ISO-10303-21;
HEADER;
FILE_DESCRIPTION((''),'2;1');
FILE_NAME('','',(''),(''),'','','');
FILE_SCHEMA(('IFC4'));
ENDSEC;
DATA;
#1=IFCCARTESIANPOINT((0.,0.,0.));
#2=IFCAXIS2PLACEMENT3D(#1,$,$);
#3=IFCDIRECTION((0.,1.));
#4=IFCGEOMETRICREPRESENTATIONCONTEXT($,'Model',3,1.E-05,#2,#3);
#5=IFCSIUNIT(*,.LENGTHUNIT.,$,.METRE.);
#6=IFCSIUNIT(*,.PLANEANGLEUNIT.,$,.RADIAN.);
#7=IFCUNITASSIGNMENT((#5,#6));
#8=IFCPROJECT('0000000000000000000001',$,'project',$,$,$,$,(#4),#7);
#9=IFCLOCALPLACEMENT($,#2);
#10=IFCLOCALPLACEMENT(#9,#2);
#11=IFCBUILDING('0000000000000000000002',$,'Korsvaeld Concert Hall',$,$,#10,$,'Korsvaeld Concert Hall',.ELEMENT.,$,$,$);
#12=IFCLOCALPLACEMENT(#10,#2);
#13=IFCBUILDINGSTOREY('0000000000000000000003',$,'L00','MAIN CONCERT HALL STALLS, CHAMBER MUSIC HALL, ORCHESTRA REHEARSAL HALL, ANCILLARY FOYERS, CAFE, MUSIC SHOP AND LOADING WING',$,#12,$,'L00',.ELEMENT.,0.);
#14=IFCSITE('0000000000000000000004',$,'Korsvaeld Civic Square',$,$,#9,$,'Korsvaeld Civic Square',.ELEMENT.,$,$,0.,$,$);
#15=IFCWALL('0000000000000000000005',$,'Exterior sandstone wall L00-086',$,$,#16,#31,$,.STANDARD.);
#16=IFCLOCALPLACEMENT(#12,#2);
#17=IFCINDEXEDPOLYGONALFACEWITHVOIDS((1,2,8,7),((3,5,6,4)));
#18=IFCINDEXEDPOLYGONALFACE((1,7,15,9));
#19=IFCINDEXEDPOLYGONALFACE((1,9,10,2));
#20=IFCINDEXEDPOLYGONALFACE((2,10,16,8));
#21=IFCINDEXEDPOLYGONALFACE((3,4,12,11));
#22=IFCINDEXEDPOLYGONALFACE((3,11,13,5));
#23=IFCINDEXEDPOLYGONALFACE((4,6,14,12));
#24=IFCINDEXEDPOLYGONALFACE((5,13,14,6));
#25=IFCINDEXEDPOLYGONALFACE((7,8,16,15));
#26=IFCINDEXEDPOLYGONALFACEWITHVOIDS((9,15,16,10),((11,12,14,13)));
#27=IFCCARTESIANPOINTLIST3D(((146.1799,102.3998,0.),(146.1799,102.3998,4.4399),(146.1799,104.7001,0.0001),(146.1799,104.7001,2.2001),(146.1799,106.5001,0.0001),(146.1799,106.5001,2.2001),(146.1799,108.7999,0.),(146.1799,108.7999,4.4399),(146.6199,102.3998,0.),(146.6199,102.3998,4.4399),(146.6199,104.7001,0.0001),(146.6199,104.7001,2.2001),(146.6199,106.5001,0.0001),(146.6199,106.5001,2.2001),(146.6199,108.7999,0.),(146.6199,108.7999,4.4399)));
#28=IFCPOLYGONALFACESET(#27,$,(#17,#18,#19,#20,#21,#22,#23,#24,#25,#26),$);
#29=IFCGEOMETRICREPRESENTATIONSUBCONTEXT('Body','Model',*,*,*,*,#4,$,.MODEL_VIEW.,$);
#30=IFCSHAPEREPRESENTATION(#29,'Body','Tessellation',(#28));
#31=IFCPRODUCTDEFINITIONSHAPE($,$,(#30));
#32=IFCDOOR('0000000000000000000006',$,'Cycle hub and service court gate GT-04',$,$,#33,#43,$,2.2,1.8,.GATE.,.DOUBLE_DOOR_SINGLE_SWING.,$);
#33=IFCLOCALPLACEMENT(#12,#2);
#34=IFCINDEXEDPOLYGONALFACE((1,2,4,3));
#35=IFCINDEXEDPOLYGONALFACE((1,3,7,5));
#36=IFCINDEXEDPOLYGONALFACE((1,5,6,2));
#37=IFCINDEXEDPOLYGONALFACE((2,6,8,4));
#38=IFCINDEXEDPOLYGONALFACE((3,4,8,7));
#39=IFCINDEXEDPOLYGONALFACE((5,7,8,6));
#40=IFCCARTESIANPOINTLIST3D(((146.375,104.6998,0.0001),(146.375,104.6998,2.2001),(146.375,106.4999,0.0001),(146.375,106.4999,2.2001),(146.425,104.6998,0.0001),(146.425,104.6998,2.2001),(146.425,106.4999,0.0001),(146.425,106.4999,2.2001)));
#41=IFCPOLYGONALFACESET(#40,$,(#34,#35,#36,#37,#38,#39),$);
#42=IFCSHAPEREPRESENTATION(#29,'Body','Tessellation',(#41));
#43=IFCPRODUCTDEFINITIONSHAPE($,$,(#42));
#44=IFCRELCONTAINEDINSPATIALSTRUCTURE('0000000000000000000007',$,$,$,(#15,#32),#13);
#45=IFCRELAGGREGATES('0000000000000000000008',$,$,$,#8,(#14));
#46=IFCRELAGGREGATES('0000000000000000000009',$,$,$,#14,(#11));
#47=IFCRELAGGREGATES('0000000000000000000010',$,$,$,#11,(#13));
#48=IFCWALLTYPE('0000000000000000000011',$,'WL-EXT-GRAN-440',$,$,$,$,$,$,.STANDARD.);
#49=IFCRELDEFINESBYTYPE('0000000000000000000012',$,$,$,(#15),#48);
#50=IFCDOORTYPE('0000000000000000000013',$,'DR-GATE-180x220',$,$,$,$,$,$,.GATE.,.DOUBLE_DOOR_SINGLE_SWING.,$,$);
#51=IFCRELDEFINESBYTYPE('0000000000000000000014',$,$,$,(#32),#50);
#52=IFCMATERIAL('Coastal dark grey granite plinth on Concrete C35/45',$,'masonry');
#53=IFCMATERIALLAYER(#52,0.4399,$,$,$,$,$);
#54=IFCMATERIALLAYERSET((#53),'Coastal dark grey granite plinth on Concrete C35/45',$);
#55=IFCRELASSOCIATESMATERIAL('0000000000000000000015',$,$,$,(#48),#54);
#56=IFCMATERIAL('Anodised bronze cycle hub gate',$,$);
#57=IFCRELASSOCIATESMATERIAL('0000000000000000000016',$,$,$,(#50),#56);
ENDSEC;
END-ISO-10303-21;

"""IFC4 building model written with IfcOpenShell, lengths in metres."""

from ifc_helpers import new_model, si_unit, direction, frame, frame_2d, origin, place, context, subcontext, project, spatial, rectangle, extrude, material, layer, layer_set, type_object, element, fill, save


model = new_model("IFC4")

# Units and contexts
model_context = context("Model", 3, precision=1e-05, world=origin(), true_north=direction((0.0, 1.0)))
body_context = subcontext(model_context, "Body", "Model", "MODEL_VIEW")
ifc_project = project(units=[si_unit("LENGTHUNIT", "METRE"), si_unit("PLANEANGLEUNIT", "RADIAN")], contexts=[model_context])

# Site, building, storey
site_placement = place(None, origin())
site = spatial("IfcSite", under=ifc_project, at=site_placement, Name="Korsvaeld Civic Square", LongName="Korsvaeld Civic Square", CompositionType="ELEMENT", RefElevation=0.0)
building_placement = place(site_placement, origin())
building = spatial("IfcBuilding", under=site, at=building_placement, Name="Korsvaeld Concert Hall", LongName="Korsvaeld Concert Hall", CompositionType="ELEMENT")
storey_placement = place(building_placement, origin())
storey = spatial("IfcBuildingStorey", under=building, at=storey_placement, Name="L00", Description="MAIN CONCERT HALL STALLS, CHAMBER MUSIC HALL, ORCHESTRA REHEARSAL HALL, ANCILLARY FOYERS, CAFE, MUSIC SHOP AND LOADING WING", LongName="L00", CompositionType="ELEMENT", Elevation=0.0)

# Wall, opening, door
ifc_material_1 = material(Name="Coastal dark grey granite plinth on Concrete C35/45", Category="masonry")
ifc_layer = layer(ifc_material_1, 0.4399)
ifc_layer_set = layer_set([ifc_layer], Name="Coastal dark grey granite plinth on Concrete C35/45")
wall_type = type_object("IfcWallType", Name="WL-EXT-GRAN-440", PredefinedType="STANDARD", material=ifc_layer_set)
wall_1_placement = place(storey_placement, frame((146.3999, 108.8, 0.0), z_axis=(0.0, 0.0, 1.0), x_axis=(0.0, -1.0, 0.0)))
wall_1 = element("IfcWall", 1, at=wall_1_placement, inside=storey, type_object=wall_type, Name="Exterior sandstone wall L00-086", PredefinedType="STANDARD", context=body_context, shape_type="SweptSolid", body=[
    extrude(rectangle(XDim=6.4001, YDim=0.4399, at=frame_2d((3.2002, 0.0))), origin(), (0.0, 0.0, 1.0), 4.4399),
])
opening_1_placement = place(wall_1_placement, frame((2.3, 0.0, 0.0)))
opening_1 = element("IfcOpeningElement", 2, at=opening_1_placement, cuts=wall_1, PredefinedType="OPENING", context=body_context, shape_type="SweptSolid", body=[
    extrude(rectangle(XDim=1.8, YDim=2.2, at=frame_2d((0.8999, 1.1001))), frame((0.0, 0.23, 0.0), z_axis=(0.0, -1.0, 0.0), x_axis=(1.0, 0.0, 0.0)), (0.0, 0.0, 1.0), 0.46),
])
ifc_material_2 = material(Name="Anodised bronze cycle hub gate")
door_type_1 = type_object("IfcDoorType", Name="DR-GATE-180x220", OperationType="DOUBLE_DOOR_SINGLE_SWING", PredefinedType="GATE", material=ifc_material_2)
door_1_placement = place(opening_1_placement, frame((1.8, 0.0, 0.0), z_axis=(0.0, 0.0, 1.0), x_axis=(-1.0, 0.0, 0.0)))
door_1 = element("IfcDoor", 3, at=door_1_placement, inside=storey, type_object=door_type_1, Name="Cycle hub and service court gate GT-04", OperationType="DOUBLE_DOOR_SINGLE_SWING", OverallHeight=2.2, OverallWidth=1.8, PredefinedType="GATE", context=body_context, shape_type="SweptSolid", body=[
    extrude(rectangle(XDim=1.8, YDim=2.2, at=frame_2d((0.8999, 1.1001))), frame((0.0, 0.0249, 0.0), z_axis=(0.0, -1.0, 0.0), x_axis=(1.0, 0.0, 0.0)), (0.0, 0.0, 1.0), 0.05),
])
fill(opening_1, door_1)

save(model, "model.ifc")
